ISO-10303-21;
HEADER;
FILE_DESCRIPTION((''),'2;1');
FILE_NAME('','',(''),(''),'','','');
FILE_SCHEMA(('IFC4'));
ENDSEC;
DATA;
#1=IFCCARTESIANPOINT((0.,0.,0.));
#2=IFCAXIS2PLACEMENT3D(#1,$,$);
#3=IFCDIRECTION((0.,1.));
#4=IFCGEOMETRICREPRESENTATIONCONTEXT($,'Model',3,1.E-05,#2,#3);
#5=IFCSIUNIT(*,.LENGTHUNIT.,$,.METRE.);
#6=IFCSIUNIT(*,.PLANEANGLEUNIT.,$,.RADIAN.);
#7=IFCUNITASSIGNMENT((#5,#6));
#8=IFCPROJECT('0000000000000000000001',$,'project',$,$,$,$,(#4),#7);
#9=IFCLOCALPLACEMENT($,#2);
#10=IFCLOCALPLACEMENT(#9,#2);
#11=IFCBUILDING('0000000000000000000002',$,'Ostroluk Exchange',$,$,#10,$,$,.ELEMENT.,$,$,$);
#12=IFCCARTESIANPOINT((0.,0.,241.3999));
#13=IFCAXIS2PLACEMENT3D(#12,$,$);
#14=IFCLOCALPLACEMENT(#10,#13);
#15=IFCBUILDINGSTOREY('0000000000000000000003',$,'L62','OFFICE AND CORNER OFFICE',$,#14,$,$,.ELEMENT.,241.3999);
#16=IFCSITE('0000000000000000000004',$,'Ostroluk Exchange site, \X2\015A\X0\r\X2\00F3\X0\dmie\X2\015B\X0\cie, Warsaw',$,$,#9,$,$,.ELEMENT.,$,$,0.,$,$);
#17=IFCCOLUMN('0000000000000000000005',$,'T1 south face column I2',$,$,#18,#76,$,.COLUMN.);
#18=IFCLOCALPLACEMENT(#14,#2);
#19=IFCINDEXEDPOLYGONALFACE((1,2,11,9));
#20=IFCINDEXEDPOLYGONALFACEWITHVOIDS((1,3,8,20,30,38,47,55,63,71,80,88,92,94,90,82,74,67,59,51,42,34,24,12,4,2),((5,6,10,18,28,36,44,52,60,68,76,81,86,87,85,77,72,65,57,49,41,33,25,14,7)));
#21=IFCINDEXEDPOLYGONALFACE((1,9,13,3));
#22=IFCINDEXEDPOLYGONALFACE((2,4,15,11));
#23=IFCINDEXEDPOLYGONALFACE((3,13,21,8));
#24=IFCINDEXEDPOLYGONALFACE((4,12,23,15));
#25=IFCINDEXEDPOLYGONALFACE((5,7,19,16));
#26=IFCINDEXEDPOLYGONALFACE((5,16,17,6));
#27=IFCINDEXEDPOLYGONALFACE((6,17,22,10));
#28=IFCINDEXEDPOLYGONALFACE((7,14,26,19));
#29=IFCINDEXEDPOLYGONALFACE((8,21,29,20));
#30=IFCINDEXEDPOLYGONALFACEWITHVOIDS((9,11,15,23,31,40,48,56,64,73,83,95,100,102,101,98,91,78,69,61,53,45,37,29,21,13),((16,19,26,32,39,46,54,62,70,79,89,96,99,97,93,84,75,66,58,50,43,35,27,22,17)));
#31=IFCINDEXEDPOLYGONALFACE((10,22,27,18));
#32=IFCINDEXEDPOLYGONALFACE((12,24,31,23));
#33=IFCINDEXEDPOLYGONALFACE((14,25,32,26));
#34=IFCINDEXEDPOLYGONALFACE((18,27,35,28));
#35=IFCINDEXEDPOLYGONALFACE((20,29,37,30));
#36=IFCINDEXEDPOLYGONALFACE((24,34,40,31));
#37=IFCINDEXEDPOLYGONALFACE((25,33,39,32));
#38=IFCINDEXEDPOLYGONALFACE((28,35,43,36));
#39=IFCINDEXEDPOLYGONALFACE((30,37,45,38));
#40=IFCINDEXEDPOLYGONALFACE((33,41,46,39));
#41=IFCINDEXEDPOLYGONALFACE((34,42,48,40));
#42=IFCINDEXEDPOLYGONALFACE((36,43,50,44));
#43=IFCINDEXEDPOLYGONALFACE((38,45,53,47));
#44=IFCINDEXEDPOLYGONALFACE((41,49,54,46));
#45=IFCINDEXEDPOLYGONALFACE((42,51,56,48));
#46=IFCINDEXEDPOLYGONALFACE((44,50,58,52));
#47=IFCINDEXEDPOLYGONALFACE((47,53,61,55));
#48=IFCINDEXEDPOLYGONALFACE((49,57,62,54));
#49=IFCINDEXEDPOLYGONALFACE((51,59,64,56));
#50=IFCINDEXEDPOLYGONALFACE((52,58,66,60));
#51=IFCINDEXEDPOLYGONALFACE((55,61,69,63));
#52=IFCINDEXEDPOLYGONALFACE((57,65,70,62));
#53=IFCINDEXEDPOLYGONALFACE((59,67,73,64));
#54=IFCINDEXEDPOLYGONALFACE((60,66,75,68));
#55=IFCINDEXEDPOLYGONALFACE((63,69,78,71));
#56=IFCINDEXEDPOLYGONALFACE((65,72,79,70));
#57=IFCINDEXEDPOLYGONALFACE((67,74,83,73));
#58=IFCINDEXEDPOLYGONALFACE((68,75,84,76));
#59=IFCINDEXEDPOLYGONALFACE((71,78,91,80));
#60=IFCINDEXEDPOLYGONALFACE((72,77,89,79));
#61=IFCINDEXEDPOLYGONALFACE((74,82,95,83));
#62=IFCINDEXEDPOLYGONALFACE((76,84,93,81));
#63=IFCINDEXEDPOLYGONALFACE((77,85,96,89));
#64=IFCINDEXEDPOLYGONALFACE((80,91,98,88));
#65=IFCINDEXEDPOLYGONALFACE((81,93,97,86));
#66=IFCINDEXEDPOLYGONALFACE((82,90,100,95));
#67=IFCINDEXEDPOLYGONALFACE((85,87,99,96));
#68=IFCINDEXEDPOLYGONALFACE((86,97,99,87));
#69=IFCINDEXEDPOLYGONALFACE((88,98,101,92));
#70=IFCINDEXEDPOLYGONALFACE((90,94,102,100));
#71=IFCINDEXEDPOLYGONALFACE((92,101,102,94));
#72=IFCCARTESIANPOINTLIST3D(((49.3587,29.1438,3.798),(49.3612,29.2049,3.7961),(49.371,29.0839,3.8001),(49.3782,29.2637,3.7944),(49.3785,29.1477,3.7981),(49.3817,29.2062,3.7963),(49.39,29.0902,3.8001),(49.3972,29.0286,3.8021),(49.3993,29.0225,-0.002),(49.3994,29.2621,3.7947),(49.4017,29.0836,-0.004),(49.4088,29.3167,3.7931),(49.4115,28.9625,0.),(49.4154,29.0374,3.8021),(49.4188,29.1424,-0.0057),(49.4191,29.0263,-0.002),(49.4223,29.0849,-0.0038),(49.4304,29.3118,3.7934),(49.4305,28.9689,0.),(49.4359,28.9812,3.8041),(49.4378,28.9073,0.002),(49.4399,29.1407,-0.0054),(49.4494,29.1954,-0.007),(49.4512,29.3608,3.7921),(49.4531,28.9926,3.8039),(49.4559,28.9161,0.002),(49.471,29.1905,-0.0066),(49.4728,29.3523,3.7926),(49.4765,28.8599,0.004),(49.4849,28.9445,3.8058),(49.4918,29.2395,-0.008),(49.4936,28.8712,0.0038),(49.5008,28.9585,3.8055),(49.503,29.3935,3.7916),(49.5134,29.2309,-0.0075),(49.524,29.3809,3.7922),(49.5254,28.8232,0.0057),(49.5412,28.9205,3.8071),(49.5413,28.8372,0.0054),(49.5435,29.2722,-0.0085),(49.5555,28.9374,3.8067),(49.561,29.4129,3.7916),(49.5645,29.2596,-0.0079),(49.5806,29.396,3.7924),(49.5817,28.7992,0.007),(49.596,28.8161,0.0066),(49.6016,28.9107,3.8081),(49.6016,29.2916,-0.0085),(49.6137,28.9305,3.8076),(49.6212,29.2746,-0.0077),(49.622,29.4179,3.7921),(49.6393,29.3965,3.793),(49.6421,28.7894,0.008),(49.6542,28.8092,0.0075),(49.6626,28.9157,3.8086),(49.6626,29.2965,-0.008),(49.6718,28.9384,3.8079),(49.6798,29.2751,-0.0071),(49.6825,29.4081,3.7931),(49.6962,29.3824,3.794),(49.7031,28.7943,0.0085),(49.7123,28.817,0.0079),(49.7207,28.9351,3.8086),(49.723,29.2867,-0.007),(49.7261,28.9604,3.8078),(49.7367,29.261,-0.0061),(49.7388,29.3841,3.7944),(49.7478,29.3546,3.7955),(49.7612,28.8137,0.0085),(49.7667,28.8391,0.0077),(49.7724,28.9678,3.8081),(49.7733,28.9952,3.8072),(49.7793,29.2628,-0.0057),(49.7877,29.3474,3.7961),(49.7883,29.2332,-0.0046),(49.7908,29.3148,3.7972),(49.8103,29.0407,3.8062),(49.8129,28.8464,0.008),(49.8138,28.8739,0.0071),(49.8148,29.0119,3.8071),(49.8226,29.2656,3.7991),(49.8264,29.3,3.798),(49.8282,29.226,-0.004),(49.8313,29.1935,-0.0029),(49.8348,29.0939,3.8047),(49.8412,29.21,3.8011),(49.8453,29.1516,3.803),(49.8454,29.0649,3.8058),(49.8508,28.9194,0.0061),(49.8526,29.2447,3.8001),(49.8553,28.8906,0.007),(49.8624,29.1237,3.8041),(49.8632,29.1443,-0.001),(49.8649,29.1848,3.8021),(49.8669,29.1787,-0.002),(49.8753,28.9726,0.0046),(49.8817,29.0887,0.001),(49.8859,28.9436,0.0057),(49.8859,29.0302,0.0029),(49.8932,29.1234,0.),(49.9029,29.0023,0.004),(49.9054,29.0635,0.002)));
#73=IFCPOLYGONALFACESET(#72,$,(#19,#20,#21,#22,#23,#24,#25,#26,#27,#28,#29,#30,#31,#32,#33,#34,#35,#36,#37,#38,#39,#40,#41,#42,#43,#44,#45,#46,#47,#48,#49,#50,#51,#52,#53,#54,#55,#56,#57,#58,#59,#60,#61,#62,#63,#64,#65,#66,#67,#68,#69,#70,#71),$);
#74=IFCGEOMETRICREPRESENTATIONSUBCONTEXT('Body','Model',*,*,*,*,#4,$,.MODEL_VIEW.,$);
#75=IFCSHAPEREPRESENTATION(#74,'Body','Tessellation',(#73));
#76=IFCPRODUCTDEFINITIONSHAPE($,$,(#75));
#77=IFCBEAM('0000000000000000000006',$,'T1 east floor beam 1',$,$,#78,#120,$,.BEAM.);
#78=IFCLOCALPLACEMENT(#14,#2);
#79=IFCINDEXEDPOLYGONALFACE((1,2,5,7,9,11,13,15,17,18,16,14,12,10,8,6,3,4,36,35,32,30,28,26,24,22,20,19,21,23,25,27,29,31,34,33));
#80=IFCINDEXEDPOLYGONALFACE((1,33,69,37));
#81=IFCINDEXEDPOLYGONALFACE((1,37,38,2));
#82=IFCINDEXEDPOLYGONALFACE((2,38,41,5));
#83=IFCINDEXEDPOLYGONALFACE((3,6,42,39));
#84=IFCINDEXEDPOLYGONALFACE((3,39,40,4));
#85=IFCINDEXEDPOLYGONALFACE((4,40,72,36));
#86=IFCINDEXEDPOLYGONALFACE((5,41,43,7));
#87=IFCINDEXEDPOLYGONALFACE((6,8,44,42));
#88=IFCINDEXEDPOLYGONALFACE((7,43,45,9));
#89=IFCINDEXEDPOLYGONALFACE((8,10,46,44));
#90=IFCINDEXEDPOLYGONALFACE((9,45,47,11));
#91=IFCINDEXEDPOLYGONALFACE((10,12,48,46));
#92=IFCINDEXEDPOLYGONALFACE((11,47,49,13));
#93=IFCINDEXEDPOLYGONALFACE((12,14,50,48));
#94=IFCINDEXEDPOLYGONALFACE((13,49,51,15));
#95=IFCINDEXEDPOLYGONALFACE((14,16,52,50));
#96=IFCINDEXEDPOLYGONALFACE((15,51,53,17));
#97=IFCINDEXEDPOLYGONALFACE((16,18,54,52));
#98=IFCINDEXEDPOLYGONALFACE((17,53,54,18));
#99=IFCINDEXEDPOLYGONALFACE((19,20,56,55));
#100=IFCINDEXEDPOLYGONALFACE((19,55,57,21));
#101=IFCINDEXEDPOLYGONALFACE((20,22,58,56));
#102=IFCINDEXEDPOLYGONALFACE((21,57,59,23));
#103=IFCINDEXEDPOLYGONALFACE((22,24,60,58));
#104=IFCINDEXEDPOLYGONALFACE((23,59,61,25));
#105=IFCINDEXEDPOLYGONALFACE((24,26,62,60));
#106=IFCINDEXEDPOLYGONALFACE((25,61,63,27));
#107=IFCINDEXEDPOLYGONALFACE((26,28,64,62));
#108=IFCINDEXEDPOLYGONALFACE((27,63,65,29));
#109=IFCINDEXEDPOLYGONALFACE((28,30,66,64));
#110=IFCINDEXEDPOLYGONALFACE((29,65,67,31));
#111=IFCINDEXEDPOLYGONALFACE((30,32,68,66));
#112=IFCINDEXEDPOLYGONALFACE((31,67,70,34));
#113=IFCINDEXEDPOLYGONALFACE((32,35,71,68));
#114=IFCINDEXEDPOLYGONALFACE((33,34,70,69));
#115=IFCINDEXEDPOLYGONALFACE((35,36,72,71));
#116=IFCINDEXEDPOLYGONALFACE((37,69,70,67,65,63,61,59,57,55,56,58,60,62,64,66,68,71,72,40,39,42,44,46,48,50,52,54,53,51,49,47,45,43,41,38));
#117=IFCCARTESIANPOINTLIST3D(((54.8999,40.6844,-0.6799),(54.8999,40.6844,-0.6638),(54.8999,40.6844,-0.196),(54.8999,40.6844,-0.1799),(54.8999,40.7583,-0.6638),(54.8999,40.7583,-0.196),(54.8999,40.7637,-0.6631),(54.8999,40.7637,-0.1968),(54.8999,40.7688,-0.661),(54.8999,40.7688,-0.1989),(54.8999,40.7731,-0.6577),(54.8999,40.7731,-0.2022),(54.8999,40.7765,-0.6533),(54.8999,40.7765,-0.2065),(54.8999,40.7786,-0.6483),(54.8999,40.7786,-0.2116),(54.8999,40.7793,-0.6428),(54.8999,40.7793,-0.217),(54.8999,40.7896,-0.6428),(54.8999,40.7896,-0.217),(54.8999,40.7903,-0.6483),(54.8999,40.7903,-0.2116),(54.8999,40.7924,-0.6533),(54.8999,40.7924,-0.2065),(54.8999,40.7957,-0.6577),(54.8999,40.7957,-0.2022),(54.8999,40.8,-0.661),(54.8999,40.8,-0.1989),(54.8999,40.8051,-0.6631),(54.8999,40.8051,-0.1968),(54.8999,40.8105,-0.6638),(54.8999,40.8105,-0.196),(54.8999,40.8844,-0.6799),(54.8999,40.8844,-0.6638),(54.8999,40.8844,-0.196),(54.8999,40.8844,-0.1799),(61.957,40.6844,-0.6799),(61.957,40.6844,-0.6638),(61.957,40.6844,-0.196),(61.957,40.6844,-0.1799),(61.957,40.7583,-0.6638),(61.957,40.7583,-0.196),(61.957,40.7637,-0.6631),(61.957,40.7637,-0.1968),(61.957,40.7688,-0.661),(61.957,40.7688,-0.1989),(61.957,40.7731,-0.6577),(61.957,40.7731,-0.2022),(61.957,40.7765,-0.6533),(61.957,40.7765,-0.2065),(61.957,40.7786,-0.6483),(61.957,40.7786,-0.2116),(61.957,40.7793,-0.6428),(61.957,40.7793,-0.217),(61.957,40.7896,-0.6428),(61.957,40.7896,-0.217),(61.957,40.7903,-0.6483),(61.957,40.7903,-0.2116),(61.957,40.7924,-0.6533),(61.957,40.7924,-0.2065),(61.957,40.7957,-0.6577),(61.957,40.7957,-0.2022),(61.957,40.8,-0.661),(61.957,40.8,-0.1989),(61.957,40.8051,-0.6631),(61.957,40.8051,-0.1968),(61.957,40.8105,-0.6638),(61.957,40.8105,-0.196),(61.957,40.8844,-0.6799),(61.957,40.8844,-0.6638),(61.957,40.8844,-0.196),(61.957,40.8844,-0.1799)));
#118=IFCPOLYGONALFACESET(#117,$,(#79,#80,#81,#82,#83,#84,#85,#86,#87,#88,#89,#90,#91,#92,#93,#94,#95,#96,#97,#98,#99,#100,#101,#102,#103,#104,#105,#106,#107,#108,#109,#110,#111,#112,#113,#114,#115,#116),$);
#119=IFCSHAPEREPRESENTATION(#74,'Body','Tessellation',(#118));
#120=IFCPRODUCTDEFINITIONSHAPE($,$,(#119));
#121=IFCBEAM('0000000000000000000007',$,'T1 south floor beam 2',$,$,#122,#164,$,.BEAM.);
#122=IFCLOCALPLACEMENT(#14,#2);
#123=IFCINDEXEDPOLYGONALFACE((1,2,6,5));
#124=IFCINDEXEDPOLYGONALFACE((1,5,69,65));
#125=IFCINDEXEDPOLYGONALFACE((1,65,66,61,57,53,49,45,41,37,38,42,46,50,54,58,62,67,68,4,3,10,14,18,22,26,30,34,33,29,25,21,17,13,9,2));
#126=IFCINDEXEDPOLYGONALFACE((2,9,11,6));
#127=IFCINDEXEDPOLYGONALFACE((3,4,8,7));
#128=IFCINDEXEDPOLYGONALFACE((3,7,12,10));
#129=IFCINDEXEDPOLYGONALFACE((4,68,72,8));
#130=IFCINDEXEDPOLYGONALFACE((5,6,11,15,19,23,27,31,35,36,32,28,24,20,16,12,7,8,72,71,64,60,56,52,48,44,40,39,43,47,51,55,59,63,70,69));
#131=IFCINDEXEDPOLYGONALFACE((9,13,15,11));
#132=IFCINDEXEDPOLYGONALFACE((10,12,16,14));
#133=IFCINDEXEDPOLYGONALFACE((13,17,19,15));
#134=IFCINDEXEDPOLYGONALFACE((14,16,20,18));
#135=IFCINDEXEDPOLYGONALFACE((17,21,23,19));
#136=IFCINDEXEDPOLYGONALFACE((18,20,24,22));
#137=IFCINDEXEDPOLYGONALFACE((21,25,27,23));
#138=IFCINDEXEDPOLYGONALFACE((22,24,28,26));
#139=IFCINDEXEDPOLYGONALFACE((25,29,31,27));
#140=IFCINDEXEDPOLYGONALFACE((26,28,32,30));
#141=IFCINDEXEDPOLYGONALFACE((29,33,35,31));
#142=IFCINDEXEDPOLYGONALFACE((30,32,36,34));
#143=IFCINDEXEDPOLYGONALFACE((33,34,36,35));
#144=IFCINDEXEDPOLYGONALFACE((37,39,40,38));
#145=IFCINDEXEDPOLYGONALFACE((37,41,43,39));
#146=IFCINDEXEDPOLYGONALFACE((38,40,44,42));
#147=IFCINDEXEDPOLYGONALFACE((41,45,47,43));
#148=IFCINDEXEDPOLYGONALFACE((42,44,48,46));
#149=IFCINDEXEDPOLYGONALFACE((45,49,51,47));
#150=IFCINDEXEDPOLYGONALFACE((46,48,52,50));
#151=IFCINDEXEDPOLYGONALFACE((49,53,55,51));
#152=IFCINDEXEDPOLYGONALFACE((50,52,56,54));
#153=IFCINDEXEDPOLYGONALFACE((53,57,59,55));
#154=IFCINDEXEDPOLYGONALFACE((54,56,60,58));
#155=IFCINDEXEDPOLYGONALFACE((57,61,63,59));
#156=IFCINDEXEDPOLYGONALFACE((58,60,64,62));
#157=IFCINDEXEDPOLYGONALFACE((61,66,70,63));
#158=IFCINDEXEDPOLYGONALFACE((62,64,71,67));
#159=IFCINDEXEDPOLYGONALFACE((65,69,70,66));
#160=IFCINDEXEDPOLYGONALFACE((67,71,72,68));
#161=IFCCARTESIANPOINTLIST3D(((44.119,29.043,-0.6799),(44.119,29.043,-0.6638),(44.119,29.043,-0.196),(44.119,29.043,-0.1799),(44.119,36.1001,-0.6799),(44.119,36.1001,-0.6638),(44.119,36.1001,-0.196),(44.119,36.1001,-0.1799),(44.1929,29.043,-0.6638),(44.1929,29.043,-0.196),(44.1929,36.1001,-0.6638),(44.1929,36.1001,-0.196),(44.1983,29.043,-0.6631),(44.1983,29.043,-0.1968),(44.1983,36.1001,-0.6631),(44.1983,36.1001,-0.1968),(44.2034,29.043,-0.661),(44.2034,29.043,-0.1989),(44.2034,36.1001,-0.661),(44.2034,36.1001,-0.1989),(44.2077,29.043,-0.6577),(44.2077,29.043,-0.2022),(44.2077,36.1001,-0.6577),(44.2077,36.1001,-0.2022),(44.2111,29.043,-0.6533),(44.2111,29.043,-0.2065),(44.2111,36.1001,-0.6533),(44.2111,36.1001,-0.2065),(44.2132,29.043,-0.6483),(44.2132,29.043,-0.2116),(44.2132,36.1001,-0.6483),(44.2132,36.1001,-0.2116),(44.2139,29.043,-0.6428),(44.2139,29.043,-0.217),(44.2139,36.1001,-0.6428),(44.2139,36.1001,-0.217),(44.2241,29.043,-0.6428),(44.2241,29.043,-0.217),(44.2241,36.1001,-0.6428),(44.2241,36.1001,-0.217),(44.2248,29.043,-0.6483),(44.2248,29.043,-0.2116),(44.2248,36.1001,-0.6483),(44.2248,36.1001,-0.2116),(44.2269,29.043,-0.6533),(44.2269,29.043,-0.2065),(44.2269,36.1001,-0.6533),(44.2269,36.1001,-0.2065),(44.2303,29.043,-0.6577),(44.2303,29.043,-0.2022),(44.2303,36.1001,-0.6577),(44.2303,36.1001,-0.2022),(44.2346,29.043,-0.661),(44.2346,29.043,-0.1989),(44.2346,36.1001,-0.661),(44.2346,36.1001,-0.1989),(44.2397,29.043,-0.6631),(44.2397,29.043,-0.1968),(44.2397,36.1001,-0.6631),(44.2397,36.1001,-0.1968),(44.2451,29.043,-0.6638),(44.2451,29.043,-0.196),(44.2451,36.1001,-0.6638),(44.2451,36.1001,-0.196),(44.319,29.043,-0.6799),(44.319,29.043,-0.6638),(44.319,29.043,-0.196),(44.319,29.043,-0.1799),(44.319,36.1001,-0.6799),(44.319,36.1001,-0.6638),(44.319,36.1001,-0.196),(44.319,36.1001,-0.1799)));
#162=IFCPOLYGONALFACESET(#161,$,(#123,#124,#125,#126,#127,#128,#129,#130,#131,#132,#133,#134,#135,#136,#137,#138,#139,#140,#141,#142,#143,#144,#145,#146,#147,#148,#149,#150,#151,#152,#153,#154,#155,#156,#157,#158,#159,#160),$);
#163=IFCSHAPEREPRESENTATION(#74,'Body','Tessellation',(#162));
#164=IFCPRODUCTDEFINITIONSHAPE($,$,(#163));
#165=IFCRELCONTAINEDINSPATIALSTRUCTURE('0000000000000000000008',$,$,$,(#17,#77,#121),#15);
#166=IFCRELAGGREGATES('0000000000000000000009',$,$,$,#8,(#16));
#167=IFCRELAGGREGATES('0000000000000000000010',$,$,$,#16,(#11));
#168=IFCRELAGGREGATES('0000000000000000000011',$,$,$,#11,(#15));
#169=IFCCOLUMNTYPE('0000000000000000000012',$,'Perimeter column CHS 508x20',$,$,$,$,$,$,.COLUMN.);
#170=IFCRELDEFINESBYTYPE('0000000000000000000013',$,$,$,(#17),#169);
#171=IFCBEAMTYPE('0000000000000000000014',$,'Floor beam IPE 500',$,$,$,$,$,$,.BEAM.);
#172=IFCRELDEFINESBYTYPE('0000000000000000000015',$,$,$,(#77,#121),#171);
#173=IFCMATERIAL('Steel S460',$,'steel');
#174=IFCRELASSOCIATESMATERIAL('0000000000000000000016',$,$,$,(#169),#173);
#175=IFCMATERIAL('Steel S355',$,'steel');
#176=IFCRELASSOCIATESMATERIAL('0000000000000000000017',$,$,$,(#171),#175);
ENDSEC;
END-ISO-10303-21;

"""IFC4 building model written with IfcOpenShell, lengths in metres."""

from ifc_helpers import new_model, si_unit, direction, frame, origin, origin_2d, place, context, subcontext, project, spatial, hollow_circle, i_section, extrude, material, material_profile, profile_set, type_object, element, save


model = new_model("IFC4")

# Units and contexts
model_context = context("Model", 3, precision=1e-05, world=origin(), true_north=direction((0.0, 1.0)))
body_context = subcontext(model_context, "Body", "Model", "MODEL_VIEW")
ifc_project = project(units=[si_unit("LENGTHUNIT", "METRE"), si_unit("PLANEANGLEUNIT", "RADIAN")], contexts=[model_context])

# Site, building, storey
site_placement = place(None, origin())
site = spatial("IfcSite", under=ifc_project, at=site_placement, Name="Ostroluk Exchange site, Śródmieście, Warsaw", CompositionType="ELEMENT", RefElevation=0.0)
building_placement = place(site_placement, origin())
building = spatial("IfcBuilding", under=site, at=building_placement, Name="Ostroluk Exchange", CompositionType="ELEMENT")
storey_placement = place(building_placement, frame((0.0, 0.0, 241.3999)))
storey = spatial("IfcBuildingStorey", under=building, at=storey_placement, Name="L62", Description="OFFICE AND CORNER OFFICE", CompositionType="ELEMENT", Elevation=241.3999)

# Column
ifc_material_1 = material(Name="Steel S460", Category="steel")
ifc_material_profile_1 = material_profile(ifc_material_1, hollow_circle(Radius=0.2539, WallThickness=0.02, at=origin_2d()), Name="CHS 508x20")
ifc_profile_set_1 = profile_set([ifc_material_profile_1], Name="Steel S460")
column_type = type_object("IfcColumnType", Name="Perimeter column CHS 508x20", PredefinedType="COLUMN", material=ifc_profile_set_1)
column_placement = place(storey_placement, frame((49.6523, 29.043, 0.0), z_axis=(-0.010659, 0.031913, 0.999434), x_axis=(-0.948492, -0.3168, 0.0)))
element("IfcColumn", 1, at=column_placement, inside=storey, type_object=column_type, Name="T1 south face column I2", PredefinedType="COLUMN", context=body_context, shape_type="SweptSolid", body=[
    extrude(hollow_circle(Radius=0.2539, WallThickness=0.02, at=origin_2d()), origin(), (0.0, 0.0, 1.0), 3.8022),
])

# Beams
ifc_material_2 = material(Name="Steel S355", Category="steel")
ifc_material_profile_2 = material_profile(ifc_material_2, i_section(OverallWidth=0.2, OverallDepth=0.5, WebThickness=0.0103, FlangeThickness=0.0161, FilletRadius=0.021, at=origin_2d()), Name="IPE 500")
ifc_profile_set_2 = profile_set([ifc_material_profile_2], Name="Steel S355")
beam_type_1 = type_object("IfcBeamType", Name="Floor beam IPE 500", PredefinedType="BEAM", material=ifc_profile_set_2)
for number, where, z_axis, x_axis, name in (
    (2, (54.8999, 40.7844, -0.4299), (1.0, 0.0, 0.0), (0.0, 1.0, 0.0), "T1 east floor beam 1"),
    (3, (44.219, 36.1001, -0.4299), (0.0, -1.0, 0.0), (1.0, 0.0, 0.0), "T1 south floor beam 2"),
):
    element("IfcBeam", number, at=place(storey_placement, frame(where, z_axis=z_axis, x_axis=x_axis)), inside=storey, type_object=beam_type_1, Name=name, PredefinedType="BEAM", context=body_context, shape_type="SweptSolid", body=[
        extrude(i_section(OverallWidth=0.2, OverallDepth=0.5, WebThickness=0.0103, FlangeThickness=0.0161, FilletRadius=0.021, at=origin_2d()), origin(), (0.0, 0.0, 1.0), 7.0571),
    ])

save(model, "model.ifc")
